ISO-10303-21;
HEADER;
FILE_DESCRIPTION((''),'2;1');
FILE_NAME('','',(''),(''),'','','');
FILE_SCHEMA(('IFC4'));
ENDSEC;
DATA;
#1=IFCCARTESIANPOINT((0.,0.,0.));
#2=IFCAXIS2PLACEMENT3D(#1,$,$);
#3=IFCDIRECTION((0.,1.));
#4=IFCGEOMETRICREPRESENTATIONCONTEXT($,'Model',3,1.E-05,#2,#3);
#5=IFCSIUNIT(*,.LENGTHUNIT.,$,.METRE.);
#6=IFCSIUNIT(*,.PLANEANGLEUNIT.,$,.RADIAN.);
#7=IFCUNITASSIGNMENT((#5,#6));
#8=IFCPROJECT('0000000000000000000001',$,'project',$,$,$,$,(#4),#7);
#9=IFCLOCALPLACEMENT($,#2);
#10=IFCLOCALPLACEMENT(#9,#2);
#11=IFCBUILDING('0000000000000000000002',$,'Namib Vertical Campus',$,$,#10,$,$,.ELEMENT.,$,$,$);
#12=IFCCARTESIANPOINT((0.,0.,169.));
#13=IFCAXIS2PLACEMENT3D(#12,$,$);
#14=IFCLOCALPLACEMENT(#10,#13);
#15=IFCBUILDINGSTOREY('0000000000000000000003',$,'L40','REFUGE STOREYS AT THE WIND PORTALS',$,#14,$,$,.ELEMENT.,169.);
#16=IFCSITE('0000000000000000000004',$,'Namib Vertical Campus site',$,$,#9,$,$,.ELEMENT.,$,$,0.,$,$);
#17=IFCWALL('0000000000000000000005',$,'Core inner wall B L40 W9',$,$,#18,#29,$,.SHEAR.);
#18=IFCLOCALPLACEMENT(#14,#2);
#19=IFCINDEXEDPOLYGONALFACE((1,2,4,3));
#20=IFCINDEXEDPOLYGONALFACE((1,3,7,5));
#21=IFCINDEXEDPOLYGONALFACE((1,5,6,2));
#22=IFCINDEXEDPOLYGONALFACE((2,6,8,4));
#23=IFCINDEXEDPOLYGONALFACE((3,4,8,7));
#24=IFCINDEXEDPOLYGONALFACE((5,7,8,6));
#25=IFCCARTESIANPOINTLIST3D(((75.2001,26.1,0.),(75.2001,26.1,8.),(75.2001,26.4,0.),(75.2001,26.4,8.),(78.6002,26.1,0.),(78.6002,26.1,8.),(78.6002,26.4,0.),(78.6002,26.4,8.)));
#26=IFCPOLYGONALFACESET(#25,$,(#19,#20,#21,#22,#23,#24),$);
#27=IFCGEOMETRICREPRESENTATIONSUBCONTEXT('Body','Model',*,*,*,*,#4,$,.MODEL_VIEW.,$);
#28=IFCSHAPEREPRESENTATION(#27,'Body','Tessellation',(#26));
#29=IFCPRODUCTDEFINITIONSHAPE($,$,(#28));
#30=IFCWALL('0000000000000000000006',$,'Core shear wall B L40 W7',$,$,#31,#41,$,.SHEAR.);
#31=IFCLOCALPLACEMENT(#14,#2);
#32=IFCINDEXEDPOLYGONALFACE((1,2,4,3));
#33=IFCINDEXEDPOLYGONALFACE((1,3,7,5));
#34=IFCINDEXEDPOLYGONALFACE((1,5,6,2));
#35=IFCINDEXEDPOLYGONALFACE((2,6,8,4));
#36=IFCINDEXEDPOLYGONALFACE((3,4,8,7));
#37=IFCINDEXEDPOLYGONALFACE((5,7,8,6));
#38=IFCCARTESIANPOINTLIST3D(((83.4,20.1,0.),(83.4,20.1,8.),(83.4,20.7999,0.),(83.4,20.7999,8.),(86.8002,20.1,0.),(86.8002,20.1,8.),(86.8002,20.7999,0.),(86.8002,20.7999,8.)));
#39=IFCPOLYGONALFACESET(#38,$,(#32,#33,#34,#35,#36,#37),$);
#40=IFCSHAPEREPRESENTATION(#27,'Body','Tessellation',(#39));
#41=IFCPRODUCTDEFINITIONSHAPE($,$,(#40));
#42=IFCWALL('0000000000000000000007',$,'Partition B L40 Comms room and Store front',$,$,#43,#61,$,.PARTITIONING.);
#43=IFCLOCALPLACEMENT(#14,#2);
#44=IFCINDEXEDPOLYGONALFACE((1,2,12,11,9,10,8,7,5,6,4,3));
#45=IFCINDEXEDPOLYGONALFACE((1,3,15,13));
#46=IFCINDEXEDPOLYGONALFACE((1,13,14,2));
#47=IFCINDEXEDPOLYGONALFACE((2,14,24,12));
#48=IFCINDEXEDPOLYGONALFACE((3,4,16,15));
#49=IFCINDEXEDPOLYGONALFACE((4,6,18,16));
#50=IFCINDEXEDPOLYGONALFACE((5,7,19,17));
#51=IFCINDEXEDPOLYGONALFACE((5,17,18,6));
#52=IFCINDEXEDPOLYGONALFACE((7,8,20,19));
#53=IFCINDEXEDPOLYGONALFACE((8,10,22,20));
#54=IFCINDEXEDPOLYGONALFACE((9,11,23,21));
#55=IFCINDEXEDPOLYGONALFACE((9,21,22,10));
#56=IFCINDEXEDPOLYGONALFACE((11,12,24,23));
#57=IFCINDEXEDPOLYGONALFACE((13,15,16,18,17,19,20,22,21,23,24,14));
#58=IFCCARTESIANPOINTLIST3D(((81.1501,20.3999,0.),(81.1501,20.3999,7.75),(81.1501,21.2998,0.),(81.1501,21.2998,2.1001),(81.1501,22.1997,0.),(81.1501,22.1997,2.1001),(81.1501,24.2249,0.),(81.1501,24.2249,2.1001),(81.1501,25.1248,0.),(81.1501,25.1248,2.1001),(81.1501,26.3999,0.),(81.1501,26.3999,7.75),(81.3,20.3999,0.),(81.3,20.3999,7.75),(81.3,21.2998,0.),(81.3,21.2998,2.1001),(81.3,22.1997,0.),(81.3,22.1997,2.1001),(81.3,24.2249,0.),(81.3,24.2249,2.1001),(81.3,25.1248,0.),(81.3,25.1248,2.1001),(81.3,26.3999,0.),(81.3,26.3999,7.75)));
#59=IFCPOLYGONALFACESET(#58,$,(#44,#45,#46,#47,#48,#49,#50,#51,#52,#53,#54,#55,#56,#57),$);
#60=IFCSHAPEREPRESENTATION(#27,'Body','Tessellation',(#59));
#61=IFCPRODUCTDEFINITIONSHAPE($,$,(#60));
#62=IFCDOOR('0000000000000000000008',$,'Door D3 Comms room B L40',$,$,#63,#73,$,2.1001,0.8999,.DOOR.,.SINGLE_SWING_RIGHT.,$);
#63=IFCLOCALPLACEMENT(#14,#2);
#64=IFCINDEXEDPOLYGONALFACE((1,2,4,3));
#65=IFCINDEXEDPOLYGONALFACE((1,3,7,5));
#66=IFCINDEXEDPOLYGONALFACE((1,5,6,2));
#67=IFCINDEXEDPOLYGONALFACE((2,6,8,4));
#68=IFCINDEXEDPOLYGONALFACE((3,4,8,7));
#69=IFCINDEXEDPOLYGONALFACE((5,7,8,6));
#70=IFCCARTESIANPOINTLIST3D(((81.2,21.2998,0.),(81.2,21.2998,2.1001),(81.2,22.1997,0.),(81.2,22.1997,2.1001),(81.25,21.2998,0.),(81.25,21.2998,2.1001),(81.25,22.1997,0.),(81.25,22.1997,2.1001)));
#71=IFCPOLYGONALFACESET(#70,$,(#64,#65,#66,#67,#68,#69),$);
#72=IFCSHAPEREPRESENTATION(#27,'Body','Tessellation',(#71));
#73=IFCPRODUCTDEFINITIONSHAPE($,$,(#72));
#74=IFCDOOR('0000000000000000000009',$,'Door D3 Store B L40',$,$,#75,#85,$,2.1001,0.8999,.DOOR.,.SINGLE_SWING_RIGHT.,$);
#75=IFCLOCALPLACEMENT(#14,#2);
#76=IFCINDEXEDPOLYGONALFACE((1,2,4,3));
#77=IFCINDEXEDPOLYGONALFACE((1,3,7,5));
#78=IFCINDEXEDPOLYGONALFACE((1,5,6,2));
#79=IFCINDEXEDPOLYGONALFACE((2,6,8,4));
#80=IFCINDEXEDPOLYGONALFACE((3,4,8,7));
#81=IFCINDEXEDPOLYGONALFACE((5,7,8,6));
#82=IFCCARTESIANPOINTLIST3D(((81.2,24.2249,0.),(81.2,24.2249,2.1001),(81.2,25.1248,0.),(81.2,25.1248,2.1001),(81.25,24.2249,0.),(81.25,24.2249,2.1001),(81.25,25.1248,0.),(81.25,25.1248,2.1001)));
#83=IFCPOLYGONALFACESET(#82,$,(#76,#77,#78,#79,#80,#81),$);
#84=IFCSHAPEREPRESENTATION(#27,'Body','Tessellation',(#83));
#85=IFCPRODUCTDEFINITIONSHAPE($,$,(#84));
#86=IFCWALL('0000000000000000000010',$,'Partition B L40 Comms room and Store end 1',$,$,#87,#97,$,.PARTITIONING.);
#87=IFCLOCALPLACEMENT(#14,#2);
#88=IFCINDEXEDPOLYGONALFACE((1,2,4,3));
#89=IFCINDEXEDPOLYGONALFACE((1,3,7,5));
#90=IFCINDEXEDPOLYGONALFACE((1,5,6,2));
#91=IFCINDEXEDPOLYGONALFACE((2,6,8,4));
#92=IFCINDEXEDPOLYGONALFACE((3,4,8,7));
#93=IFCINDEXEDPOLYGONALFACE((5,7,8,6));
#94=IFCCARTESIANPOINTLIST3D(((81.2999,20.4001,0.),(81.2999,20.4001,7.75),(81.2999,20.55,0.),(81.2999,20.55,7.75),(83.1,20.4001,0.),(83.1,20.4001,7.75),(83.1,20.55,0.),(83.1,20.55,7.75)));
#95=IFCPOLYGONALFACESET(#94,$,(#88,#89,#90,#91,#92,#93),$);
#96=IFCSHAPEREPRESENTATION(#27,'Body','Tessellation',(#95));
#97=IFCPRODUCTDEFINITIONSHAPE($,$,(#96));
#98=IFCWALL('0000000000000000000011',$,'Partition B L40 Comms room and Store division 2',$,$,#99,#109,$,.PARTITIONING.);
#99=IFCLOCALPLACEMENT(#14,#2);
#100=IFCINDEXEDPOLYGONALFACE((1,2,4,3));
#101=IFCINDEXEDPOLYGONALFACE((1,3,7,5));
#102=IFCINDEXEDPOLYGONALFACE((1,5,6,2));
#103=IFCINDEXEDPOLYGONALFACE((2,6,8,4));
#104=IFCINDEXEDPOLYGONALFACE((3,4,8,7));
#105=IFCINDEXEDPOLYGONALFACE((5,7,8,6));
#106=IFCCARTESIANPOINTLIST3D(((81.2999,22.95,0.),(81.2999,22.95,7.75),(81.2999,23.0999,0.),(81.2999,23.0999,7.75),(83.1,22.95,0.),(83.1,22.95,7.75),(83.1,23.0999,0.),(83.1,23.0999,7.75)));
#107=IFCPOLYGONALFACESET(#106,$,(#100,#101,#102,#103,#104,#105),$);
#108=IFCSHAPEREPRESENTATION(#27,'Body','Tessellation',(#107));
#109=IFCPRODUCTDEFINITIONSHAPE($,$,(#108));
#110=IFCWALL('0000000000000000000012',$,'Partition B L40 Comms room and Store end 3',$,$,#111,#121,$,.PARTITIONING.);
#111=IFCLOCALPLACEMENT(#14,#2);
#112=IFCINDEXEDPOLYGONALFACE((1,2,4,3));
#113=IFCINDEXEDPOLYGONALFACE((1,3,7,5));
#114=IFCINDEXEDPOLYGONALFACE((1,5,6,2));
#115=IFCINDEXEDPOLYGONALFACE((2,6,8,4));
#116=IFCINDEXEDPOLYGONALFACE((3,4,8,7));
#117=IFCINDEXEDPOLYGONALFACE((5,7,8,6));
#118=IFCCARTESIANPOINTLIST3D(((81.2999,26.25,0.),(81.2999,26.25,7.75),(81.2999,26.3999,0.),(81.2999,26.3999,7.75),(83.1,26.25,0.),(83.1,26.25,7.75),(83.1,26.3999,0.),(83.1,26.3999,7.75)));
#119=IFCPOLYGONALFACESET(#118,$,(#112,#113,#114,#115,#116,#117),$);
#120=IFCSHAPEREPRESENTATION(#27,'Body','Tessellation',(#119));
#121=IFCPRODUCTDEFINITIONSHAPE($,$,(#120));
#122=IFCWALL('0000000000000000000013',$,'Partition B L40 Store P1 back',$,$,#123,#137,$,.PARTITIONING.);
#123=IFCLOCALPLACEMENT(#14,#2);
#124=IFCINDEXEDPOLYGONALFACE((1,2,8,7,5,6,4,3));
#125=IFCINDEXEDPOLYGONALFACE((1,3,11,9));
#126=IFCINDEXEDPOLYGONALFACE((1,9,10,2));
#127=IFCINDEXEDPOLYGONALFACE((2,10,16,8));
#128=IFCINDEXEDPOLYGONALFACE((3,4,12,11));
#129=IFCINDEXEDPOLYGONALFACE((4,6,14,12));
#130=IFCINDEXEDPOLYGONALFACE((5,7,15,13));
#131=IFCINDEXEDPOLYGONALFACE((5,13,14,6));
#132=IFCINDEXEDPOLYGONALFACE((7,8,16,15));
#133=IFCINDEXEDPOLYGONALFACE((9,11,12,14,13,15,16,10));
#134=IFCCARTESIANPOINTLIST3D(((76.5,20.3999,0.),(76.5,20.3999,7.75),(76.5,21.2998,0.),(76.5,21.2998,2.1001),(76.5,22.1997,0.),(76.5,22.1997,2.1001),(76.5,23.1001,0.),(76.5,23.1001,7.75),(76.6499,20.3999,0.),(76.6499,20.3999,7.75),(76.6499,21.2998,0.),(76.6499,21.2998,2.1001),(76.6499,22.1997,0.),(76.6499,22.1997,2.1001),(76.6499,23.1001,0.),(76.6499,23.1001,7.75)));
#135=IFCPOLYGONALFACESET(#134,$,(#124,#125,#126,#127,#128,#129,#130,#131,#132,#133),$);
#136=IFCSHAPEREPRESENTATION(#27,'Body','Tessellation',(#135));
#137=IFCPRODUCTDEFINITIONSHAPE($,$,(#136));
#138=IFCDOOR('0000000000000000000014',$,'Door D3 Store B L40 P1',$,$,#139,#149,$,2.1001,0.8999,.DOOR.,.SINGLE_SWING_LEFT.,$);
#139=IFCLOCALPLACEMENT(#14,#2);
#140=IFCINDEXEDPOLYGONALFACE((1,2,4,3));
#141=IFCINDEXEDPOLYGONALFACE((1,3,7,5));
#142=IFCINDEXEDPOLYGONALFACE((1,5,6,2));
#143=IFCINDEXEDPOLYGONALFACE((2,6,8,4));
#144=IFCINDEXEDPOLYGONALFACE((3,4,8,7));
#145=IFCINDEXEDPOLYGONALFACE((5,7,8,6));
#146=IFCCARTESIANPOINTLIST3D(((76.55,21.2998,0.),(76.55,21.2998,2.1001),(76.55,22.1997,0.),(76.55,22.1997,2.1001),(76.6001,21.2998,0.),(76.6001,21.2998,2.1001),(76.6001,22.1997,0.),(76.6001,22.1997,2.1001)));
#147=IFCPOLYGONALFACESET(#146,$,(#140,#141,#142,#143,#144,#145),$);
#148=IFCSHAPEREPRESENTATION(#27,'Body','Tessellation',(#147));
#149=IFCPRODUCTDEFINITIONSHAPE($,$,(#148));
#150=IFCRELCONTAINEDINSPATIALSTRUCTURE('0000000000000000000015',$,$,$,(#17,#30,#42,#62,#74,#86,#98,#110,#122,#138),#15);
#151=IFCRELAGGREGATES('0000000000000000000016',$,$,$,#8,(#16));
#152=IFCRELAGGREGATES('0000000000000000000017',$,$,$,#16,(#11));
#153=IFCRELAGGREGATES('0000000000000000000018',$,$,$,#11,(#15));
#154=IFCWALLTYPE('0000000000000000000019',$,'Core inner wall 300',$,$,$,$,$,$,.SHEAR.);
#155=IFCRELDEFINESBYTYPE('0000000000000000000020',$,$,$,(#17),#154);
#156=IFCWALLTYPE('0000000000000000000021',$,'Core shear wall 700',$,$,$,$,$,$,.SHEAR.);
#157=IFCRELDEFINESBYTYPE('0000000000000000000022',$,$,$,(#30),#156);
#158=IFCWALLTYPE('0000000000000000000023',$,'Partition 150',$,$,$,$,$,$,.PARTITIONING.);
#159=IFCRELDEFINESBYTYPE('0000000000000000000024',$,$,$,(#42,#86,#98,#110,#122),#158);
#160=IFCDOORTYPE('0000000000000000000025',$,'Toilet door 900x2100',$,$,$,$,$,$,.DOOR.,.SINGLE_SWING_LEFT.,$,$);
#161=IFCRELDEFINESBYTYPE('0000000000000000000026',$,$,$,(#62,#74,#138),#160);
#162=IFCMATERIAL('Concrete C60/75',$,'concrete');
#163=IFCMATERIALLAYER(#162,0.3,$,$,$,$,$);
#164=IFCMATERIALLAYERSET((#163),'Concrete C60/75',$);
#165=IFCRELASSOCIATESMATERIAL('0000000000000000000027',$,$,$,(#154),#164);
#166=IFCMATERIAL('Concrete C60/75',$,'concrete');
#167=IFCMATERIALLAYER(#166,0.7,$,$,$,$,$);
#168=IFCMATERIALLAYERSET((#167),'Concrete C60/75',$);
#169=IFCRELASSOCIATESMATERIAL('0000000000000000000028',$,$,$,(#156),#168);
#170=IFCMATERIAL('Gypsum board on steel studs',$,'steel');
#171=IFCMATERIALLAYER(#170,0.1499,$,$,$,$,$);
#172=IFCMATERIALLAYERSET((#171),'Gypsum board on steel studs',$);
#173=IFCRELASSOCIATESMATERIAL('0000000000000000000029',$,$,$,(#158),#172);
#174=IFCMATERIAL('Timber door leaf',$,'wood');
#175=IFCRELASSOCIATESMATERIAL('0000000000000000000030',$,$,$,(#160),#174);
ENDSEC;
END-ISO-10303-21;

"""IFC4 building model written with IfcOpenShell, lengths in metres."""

from ifc_helpers import new_model, si_unit, direction, frame, frame_2d, origin, place, context, subcontext, project, spatial, rectangle, extrude, material, layer, layer_set, type_object, element, fill, save


model = new_model("IFC4")

# Units and contexts
model_context = context("Model", 3, precision=1e-05, world=origin(), true_north=direction((0.0, 1.0)))
body_context = subcontext(model_context, "Body", "Model", "MODEL_VIEW")
ifc_project = project(units=[si_unit("LENGTHUNIT", "METRE"), si_unit("PLANEANGLEUNIT", "RADIAN")], contexts=[model_context])

# Site, building, storey
site_placement = place(None, origin())
site = spatial("IfcSite", under=ifc_project, at=site_placement, Name="Namib Vertical Campus site", CompositionType="ELEMENT", RefElevation=0.0)
building_placement = place(site_placement, origin())
building = spatial("IfcBuilding", under=site, at=building_placement, Name="Namib Vertical Campus", CompositionType="ELEMENT")
storey_placement = place(building_placement, frame((0.0, 0.0, 169.0)))
storey = spatial("IfcBuildingStorey", under=building, at=storey_placement, Name="L40", Description="REFUGE STOREYS AT THE WIND PORTALS", CompositionType="ELEMENT", Elevation=169.0)

# Walls
ifc_material_1 = material(Name="Concrete C60/75", Category="concrete")
ifc_layer_1 = layer(ifc_material_1, 0.3)
ifc_layer_set_1 = layer_set([ifc_layer_1], Name="Concrete C60/75")
wall_type_1 = type_object("IfcWallType", Name="Core inner wall 300", PredefinedType="SHEAR", material=ifc_layer_set_1)
for number, where, z_axis, x_axis, name in (
    (1, (75.2, 26.25, 0.0), (0.0, 0.0, 1.0), (1.0, 0.0, 0.0), "Core inner wall B L40 W9"),
):
    element("IfcWall", number, at=place(storey_placement, frame(where, z_axis=z_axis, x_axis=x_axis)), inside=storey, type_object=wall_type_1, Name=name, PredefinedType="SHEAR", context=body_context, shape_type="SweptSolid", body=[
        extrude(rectangle(XDim=3.4001, YDim=0.3, at=frame_2d((1.7002, 0.0))), origin(), (0.0, 0.0, 1.0), 8.0),
    ])
ifc_material_2 = material(Name="Concrete C60/75", Category="concrete")
ifc_layer_2 = layer(ifc_material_2, 0.7)
ifc_layer_set_2 = layer_set([ifc_layer_2], Name="Concrete C60/75")
wall_type_2 = type_object("IfcWallType", Name="Core shear wall 700", PredefinedType="SHEAR", material=ifc_layer_set_2)
wall_1_placement = place(storey_placement, frame((83.3999, 20.45, 0.0), z_axis=(0.0, 0.0, 1.0), x_axis=(1.0, 0.0, 0.0)))
element("IfcWall", 2, at=wall_1_placement, inside=storey, type_object=wall_type_2, Name="Core shear wall B L40 W7", PredefinedType="SHEAR", context=body_context, shape_type="SweptSolid", body=[
    extrude(rectangle(XDim=3.4001, YDim=0.7, at=frame_2d((1.7002, 0.0))), origin(), (0.0, 0.0, 1.0), 8.0),
])

# Wall, openings, doors
ifc_material_3 = material(Name="Gypsum board on steel studs", Category="steel")
ifc_layer_3 = layer(ifc_material_3, 0.1499)
ifc_layer_set_3 = layer_set([ifc_layer_3], Name="Gypsum board on steel studs")
wall_type_3 = type_object("IfcWallType", Name="Partition 150", PredefinedType="PARTITIONING", material=ifc_layer_set_3)
wall_2_placement = place(storey_placement, frame((81.2251, 20.3999, 0.0), z_axis=(0.0, 0.0, 1.0), x_axis=(0.0, 1.0, 0.0)))
wall_2 = element("IfcWall", 3, at=wall_2_placement, inside=storey, type_object=wall_type_3, Name="Partition B L40 Comms room and Store front", PredefinedType="PARTITIONING", context=body_context, shape_type="SweptSolid", body=[
    extrude(rectangle(XDim=6.0, YDim=0.1499, at=frame_2d((3.0, 0.0))), origin(), (0.0, 0.0, 1.0), 7.75),
])
opening_1_placement = place(wall_2_placement, frame((0.8999, 0.0, 0.0)))
opening_1 = element("IfcOpeningElement", 4, at=opening_1_placement, cuts=wall_2, PredefinedType="OPENING", context=body_context, shape_type="SweptSolid", body=[
    extrude(rectangle(XDim=0.8999, YDim=2.1001, at=frame_2d((0.45, 1.05))), frame((0.0, 0.085, 0.0), z_axis=(0.0, -1.0, 0.0), x_axis=(1.0, 0.0, 0.0)), (0.0, 0.0, 1.0), 0.1699),
])
opening_2_placement = place(wall_2_placement, frame((3.825, 0.0, 0.0)))
opening_2 = element("IfcOpeningElement", 5, at=opening_2_placement, cuts=wall_2, PredefinedType="OPENING", context=body_context, shape_type="SweptSolid", body=[
    extrude(rectangle(XDim=0.8999, YDim=2.1001, at=frame_2d((0.45, 1.05))), frame((0.0, 0.085, 0.0), z_axis=(0.0, -1.0, 0.0), x_axis=(1.0, 0.0, 0.0)), (0.0, 0.0, 1.0), 0.1699),
])
ifc_material_4 = material(Name="Timber door leaf", Category="wood")
door_type = type_object("IfcDoorType", Name="Toilet door 900x2100", OperationType="SINGLE_SWING_LEFT", PredefinedType="DOOR", material=ifc_material_4)
door_1_placement = place(opening_1_placement, frame((0.8999, 0.0, 0.0), z_axis=(0.0, 0.0, 1.0), x_axis=(-1.0, 0.0, 0.0)))
door_1 = element("IfcDoor", 6, at=door_1_placement, inside=storey, type_object=door_type, Name="Door D3 Comms room B L40", OperationType="SINGLE_SWING_RIGHT", OverallHeight=2.1001, OverallWidth=0.8999, PredefinedType="DOOR", context=body_context, shape_type="SweptSolid", body=[
    extrude(rectangle(XDim=0.8999, YDim=2.1001, at=frame_2d((0.45, 1.05))), frame((0.0, 0.0249, 0.0), z_axis=(0.0, -1.0, 0.0), x_axis=(1.0, 0.0, 0.0)), (0.0, 0.0, 1.0), 0.05),
])
fill(opening_1, door_1)
door_2_placement = place(opening_2_placement, frame((0.8999, 0.0, 0.0), z_axis=(0.0, 0.0, 1.0), x_axis=(-1.0, 0.0, 0.0)))
door_2 = element("IfcDoor", 7, at=door_2_placement, inside=storey, type_object=door_type, Name="Door D3 Store B L40", OperationType="SINGLE_SWING_RIGHT", OverallHeight=2.1001, OverallWidth=0.8999, PredefinedType="DOOR", context=body_context, shape_type="SweptSolid", body=[
    extrude(rectangle(XDim=0.8999, YDim=2.1001, at=frame_2d((0.45, 1.05))), frame((0.0, 0.0249, 0.0), z_axis=(0.0, -1.0, 0.0), x_axis=(1.0, 0.0, 0.0)), (0.0, 0.0, 1.0), 0.05),
])
fill(opening_2, door_2)

# Walls
for number, where, z_axis, x_axis, name in (
    (8, (81.3, 20.4751, 0.0), (0.0, 0.0, 1.0), (1.0, 0.0, 0.0), "Partition B L40 Comms room and Store end 1"),
    (9, (81.3, 23.0249, 0.0), (0.0, 0.0, 1.0), (1.0, 0.0, 0.0), "Partition B L40 Comms room and Store division 2"),
    (10, (81.3, 26.325, 0.0), (0.0, 0.0, 1.0), (1.0, 0.0, 0.0), "Partition B L40 Comms room and Store end 3"),
):
    element("IfcWall", number, at=place(storey_placement, frame(where, z_axis=z_axis, x_axis=x_axis)), inside=storey, type_object=wall_type_3, Name=name, PredefinedType="PARTITIONING", context=body_context, shape_type="SweptSolid", body=[
        extrude(rectangle(XDim=1.8, YDim=0.1499, at=frame_2d((0.8999, 0.0))), origin(), (0.0, 0.0, 1.0), 7.75),
    ])

# Wall, opening, door
wall_3_placement = place(storey_placement, frame((76.575, 20.3999, 0.0), z_axis=(0.0, 0.0, 1.0), x_axis=(0.0, 1.0, 0.0)))
wall_3 = element("IfcWall", 11, at=wall_3_placement, inside=storey, type_object=wall_type_3, Name="Partition B L40 Store P1 back", PredefinedType="PARTITIONING", context=body_context, shape_type="SweptSolid", body=[
    extrude(rectangle(XDim=2.7002, YDim=0.1499, at=frame_2d((1.3501, 0.0))), origin(), (0.0, 0.0, 1.0), 7.75),
])
opening_3_placement = place(wall_3_placement, frame((0.8999, 0.0, 0.0)))
opening_3 = element("IfcOpeningElement", 12, at=opening_3_placement, cuts=wall_3, PredefinedType="OPENING", context=body_context, shape_type="SweptSolid", body=[
    extrude(rectangle(XDim=0.8999, YDim=2.1001, at=frame_2d((0.45, 1.05))), frame((0.0, 0.085, 0.0), z_axis=(0.0, -1.0, 0.0), x_axis=(1.0, 0.0, 0.0)), (0.0, 0.0, 1.0), 0.1699),
])
door_3_placement = place(opening_3_placement, origin())
door_3 = element("IfcDoor", 13, at=door_3_placement, inside=storey, type_object=door_type, Name="Door D3 Store B L40 P1", OperationType="SINGLE_SWING_LEFT", OverallHeight=2.1001, OverallWidth=0.8999, PredefinedType="DOOR", context=body_context, shape_type="SweptSolid", body=[
    extrude(rectangle(XDim=0.8999, YDim=2.1001, at=frame_2d((0.45, 1.05))), frame((0.0, 0.0249, 0.0), z_axis=(0.0, -1.0, 0.0), x_axis=(1.0, 0.0, 0.0)), (0.0, 0.0, 1.0), 0.05),
])
fill(opening_3, door_3)

save(model, "model.ifc")
